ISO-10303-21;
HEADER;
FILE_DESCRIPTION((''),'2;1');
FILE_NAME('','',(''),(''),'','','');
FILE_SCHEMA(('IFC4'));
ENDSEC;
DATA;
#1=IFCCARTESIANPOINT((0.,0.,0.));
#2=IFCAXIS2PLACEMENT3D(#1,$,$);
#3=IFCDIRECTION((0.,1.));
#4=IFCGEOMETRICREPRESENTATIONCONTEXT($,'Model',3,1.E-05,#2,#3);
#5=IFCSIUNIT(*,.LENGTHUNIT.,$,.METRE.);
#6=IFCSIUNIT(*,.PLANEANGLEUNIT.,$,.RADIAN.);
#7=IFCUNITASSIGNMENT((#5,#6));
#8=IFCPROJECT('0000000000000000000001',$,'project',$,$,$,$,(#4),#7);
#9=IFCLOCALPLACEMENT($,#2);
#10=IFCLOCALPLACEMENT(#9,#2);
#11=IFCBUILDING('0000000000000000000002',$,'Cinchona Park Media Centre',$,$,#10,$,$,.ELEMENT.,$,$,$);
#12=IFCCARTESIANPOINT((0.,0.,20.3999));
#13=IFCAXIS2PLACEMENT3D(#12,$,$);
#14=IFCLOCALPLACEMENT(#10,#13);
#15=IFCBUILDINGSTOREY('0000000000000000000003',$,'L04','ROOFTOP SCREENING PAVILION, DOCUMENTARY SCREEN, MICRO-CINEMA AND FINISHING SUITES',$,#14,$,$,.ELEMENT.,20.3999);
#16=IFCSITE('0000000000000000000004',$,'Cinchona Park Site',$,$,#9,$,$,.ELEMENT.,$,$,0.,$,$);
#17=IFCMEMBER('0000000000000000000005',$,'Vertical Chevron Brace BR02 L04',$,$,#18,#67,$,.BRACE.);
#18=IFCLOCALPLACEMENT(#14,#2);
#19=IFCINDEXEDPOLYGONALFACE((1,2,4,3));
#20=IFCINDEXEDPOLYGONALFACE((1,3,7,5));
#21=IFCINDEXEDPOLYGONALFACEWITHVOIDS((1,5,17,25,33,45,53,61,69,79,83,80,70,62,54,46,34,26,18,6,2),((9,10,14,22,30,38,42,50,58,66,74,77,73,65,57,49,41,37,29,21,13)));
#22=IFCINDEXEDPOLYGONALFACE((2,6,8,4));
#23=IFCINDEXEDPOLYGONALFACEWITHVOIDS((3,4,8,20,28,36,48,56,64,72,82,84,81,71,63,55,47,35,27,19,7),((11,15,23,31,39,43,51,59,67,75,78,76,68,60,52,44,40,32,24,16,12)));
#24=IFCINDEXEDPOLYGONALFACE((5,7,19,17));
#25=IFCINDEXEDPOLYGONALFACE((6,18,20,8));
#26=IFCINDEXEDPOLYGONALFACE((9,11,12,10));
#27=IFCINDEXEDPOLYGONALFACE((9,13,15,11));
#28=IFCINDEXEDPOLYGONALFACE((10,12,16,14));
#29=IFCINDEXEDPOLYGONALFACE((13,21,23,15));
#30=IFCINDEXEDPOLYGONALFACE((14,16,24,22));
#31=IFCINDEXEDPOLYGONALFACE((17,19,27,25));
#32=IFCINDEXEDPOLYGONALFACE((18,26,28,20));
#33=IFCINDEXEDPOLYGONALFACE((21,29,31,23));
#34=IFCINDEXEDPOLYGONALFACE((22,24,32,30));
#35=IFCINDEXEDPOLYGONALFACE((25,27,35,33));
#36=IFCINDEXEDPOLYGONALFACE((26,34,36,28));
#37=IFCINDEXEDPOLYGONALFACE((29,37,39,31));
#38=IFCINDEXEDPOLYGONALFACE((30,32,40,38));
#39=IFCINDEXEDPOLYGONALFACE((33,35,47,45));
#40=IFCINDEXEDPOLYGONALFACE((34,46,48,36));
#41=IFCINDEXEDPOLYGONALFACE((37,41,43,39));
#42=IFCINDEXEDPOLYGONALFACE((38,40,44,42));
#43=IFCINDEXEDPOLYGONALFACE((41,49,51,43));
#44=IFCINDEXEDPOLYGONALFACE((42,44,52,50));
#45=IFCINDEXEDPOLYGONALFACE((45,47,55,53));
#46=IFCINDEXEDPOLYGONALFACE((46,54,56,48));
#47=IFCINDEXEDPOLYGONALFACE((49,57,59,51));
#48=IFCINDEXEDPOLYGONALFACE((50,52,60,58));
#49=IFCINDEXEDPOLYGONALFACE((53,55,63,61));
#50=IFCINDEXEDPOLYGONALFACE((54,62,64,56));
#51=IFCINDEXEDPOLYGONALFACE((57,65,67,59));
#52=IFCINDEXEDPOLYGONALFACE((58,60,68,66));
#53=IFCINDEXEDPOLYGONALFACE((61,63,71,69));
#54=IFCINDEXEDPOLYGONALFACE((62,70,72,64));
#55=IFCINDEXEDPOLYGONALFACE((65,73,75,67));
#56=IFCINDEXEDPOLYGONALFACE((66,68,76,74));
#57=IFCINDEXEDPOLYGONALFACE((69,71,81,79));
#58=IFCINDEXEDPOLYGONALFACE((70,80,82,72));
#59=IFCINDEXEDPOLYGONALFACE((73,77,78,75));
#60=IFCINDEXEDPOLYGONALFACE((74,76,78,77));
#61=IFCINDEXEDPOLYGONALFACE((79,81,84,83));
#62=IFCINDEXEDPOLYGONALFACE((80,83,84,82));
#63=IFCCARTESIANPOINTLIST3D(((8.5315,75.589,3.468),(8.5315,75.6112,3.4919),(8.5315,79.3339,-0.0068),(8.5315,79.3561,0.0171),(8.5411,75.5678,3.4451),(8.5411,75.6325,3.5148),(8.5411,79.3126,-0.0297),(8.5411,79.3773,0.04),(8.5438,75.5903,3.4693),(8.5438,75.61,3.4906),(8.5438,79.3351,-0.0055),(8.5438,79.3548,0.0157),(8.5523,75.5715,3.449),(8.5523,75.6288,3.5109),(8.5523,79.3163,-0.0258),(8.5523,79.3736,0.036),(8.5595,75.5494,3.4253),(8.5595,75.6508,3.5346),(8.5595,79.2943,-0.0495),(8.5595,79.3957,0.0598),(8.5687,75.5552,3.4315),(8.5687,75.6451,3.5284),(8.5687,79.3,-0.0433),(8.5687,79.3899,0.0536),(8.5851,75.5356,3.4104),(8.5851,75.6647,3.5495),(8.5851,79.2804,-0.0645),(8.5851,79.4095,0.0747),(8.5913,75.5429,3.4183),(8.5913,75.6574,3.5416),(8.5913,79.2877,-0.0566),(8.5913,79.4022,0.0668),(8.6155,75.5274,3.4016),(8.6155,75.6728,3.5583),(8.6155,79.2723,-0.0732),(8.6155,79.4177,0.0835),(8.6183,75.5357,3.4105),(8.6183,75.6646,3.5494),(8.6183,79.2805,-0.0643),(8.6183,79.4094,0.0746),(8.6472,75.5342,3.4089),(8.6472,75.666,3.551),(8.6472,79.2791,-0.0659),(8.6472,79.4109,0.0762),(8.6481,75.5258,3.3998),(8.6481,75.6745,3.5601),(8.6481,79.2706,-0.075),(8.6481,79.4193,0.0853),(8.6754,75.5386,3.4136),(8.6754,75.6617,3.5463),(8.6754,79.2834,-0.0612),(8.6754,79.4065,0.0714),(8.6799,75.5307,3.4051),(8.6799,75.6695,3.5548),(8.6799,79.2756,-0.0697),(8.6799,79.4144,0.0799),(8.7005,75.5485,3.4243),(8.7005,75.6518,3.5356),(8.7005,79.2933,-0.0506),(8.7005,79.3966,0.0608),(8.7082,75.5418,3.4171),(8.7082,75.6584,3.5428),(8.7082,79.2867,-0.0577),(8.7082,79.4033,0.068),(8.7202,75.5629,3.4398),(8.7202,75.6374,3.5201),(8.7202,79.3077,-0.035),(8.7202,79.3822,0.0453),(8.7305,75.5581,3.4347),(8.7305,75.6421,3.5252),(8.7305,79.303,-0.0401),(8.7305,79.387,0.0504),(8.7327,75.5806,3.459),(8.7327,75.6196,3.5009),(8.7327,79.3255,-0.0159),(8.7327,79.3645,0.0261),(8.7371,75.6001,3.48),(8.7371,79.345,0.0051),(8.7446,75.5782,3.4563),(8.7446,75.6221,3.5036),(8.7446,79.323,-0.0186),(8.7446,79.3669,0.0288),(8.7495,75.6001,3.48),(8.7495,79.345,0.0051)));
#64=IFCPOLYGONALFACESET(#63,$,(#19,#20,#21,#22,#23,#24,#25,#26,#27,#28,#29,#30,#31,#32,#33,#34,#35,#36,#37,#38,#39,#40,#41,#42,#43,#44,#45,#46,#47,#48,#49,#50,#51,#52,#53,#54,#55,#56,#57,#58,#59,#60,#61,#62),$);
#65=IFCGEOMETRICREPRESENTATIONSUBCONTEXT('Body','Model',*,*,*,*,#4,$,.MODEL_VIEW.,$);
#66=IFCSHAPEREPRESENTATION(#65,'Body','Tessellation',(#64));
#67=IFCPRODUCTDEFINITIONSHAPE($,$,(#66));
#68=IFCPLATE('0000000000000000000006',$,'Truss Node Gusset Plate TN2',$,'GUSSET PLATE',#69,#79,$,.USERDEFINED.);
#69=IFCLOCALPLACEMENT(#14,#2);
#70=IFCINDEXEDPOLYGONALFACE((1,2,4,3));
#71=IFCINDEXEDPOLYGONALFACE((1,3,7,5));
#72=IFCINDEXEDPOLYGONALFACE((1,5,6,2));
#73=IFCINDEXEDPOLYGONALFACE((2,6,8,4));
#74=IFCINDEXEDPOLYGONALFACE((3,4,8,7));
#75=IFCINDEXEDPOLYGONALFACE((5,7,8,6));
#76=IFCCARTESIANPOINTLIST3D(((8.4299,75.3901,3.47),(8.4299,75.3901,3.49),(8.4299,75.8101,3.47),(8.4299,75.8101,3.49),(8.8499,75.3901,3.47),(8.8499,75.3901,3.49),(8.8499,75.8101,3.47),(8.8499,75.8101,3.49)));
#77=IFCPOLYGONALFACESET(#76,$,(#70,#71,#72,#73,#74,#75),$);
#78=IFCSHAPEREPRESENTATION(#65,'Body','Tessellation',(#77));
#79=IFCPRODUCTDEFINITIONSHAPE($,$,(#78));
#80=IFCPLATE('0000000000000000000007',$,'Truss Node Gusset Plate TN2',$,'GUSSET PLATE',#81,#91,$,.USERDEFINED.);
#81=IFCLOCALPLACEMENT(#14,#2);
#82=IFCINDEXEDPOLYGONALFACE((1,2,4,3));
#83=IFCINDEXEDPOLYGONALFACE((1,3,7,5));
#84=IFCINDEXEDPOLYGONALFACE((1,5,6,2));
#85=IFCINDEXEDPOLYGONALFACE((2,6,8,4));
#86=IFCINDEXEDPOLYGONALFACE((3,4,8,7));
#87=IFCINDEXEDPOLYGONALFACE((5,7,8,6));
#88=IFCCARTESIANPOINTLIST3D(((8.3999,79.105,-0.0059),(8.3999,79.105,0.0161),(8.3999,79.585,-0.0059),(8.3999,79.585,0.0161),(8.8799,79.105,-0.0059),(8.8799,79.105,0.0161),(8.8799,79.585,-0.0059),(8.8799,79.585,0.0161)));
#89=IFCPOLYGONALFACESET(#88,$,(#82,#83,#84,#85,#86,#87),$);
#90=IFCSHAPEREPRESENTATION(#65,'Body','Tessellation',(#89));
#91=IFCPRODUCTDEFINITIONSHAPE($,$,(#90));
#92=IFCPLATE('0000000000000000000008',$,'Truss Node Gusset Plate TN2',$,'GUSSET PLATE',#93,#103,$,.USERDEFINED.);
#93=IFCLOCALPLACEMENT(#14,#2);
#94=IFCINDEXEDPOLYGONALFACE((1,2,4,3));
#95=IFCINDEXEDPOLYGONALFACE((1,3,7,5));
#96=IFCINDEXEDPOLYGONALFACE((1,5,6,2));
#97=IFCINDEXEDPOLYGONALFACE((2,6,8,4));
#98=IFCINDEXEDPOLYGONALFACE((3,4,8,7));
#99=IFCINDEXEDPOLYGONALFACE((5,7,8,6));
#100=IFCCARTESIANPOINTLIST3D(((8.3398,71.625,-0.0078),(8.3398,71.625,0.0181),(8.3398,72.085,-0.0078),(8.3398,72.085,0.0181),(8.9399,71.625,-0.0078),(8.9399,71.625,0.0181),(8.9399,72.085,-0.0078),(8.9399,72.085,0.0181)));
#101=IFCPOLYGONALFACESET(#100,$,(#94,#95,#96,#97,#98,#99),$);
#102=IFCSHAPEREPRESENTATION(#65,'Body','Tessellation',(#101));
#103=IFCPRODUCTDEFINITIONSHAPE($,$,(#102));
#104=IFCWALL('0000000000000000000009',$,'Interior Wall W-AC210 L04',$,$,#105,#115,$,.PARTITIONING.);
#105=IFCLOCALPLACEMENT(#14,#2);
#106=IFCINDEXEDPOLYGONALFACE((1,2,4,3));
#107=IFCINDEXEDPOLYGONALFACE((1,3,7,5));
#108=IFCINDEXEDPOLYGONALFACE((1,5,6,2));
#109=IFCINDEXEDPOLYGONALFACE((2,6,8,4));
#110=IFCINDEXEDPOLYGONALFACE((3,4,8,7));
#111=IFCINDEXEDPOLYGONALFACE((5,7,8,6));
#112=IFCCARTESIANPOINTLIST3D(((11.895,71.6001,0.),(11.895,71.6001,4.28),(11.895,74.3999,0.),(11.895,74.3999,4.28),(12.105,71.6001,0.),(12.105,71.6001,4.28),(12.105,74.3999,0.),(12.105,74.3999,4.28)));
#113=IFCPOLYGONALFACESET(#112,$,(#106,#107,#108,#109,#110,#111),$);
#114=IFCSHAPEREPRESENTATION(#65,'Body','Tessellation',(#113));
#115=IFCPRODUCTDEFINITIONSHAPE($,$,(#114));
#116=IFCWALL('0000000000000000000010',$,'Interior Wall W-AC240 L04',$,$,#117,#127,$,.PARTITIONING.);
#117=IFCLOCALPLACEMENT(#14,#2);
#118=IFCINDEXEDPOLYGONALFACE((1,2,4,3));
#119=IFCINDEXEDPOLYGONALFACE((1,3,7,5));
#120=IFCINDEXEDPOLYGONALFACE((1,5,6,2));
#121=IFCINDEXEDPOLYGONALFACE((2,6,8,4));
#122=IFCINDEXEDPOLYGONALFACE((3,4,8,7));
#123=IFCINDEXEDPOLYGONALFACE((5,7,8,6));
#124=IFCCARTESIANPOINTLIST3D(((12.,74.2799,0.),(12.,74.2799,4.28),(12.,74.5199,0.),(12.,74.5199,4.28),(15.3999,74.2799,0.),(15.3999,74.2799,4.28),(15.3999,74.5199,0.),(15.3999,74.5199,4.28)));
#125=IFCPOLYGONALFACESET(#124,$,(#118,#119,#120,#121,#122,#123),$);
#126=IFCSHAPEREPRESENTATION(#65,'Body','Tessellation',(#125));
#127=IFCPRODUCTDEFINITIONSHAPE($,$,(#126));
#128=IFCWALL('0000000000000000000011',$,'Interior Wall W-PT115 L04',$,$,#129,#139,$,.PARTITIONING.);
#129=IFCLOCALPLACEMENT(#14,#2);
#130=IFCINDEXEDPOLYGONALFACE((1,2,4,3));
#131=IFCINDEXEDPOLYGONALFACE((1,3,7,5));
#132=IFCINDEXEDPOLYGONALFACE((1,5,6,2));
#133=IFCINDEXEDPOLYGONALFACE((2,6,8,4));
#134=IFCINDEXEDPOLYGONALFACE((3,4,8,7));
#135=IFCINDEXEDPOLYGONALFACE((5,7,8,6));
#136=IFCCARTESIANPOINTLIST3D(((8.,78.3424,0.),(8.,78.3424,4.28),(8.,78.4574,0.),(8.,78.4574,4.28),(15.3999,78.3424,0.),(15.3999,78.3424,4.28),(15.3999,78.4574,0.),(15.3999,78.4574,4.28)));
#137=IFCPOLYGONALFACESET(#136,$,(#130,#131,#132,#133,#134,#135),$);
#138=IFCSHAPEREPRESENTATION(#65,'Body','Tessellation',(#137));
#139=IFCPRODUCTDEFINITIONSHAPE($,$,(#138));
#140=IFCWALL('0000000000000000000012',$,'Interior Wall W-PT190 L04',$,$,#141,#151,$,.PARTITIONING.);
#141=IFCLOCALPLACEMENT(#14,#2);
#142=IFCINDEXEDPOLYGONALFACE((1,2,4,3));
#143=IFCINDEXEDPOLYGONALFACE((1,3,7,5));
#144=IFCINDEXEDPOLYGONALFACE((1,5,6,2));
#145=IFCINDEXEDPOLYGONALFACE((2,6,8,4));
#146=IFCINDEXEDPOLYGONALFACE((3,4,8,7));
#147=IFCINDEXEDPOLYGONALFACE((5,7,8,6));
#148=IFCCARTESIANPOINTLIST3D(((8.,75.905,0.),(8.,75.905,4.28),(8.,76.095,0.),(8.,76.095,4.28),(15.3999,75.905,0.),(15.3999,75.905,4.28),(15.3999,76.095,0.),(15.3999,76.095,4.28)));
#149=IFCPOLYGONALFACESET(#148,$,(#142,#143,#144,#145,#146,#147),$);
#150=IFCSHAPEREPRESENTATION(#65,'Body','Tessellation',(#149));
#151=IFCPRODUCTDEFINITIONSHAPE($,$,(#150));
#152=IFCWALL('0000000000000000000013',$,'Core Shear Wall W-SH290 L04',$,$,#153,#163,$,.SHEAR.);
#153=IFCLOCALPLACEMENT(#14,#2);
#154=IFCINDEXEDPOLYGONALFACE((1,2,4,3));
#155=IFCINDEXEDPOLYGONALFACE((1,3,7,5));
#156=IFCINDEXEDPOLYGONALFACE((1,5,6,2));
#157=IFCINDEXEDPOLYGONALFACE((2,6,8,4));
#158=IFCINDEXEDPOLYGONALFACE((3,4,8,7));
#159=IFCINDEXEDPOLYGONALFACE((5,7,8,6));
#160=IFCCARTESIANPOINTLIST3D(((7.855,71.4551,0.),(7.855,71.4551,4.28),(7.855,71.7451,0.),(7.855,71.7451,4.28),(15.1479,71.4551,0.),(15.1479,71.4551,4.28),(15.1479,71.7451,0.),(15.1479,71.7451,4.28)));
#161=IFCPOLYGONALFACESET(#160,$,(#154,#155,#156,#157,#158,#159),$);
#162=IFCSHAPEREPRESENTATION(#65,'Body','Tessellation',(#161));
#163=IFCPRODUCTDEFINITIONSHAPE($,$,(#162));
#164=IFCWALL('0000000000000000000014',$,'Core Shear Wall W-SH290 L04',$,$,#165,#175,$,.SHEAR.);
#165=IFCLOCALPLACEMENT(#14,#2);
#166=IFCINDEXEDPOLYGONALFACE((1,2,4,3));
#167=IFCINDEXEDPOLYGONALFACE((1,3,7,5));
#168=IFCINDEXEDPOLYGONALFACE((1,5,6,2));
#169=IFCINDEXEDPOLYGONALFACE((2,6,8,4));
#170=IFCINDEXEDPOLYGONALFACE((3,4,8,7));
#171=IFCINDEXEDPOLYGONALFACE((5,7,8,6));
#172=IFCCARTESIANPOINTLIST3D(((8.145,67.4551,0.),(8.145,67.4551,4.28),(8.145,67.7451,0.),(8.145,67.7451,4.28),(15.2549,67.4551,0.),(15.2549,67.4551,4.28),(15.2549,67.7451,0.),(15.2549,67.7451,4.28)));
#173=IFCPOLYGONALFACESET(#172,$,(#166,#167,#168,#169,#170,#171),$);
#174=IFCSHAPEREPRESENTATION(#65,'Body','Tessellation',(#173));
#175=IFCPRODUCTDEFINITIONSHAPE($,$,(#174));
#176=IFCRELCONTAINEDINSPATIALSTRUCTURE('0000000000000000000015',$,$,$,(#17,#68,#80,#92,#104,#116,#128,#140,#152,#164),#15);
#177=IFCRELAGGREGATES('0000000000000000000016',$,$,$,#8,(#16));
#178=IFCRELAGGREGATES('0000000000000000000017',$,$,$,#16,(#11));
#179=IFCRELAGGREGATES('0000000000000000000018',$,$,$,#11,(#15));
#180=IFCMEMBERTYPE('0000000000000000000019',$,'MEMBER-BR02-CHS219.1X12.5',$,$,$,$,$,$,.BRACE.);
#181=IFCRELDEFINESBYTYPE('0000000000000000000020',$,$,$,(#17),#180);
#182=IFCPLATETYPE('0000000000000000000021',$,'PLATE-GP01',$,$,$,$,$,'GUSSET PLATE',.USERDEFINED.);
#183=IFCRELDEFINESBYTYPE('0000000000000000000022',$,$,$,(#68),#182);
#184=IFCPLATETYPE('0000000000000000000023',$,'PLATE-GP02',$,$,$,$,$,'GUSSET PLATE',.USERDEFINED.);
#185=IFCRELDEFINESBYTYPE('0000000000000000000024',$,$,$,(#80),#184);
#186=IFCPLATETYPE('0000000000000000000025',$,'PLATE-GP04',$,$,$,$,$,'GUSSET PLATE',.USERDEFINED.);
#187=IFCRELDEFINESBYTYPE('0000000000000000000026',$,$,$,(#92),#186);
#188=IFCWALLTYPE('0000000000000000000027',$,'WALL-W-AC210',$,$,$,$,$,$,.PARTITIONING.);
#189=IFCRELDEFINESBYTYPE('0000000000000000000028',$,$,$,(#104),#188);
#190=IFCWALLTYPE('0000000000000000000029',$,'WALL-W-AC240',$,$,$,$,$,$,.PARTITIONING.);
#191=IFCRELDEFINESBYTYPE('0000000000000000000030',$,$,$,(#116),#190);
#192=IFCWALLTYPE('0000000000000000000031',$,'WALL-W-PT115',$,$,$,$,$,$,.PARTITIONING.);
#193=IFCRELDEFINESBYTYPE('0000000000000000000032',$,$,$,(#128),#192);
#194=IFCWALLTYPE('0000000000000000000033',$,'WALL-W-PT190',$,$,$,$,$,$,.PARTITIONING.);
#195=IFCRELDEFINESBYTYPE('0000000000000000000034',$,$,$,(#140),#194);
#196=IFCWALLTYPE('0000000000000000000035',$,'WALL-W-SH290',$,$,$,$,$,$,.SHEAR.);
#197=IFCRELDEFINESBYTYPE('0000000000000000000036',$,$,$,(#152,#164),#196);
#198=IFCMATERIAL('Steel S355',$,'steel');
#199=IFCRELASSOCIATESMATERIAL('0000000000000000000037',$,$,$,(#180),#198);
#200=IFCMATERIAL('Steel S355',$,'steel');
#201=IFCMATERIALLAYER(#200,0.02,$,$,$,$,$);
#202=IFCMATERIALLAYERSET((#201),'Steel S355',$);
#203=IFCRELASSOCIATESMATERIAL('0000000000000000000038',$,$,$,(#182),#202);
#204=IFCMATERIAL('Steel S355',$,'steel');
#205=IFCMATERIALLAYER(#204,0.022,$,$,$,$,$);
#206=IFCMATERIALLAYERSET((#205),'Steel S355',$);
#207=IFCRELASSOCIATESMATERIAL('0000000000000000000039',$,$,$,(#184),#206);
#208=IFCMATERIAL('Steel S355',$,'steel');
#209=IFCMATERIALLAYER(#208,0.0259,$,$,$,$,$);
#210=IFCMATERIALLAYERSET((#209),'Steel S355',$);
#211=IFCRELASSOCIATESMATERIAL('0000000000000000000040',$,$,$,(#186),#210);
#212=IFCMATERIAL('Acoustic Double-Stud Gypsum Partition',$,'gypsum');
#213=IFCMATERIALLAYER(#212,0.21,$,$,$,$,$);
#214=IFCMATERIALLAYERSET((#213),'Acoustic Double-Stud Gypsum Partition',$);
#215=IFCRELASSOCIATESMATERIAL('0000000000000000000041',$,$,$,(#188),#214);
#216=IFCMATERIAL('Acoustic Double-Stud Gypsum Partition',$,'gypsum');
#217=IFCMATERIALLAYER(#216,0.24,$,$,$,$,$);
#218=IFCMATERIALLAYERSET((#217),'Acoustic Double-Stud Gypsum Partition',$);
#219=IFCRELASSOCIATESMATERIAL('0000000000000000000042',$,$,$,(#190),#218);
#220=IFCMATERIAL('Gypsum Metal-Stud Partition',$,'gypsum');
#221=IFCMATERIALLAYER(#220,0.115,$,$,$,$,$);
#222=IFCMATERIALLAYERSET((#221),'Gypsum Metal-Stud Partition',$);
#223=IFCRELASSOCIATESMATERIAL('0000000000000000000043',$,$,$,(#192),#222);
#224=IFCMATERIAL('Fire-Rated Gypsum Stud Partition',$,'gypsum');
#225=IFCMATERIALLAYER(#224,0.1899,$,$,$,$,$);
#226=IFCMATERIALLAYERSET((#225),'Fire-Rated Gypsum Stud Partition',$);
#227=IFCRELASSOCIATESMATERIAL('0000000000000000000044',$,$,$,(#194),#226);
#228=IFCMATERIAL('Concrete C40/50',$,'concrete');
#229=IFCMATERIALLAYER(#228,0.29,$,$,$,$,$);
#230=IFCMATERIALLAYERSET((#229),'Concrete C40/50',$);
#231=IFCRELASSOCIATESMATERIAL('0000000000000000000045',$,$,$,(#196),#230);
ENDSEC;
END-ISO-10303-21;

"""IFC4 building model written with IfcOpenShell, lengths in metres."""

from ifc_helpers import new_model, si_unit, direction, frame, frame_2d, origin, origin_2d, place, context, subcontext, project, spatial, rectangle, hollow_circle, extrude, material, layer, layer_set, material_profile, profile_set, type_object, element, save


model = new_model("IFC4")

# Units and contexts
model_context = context("Model", 3, precision=1e-05, world=origin(), true_north=direction((0.0, 1.0)))
body_context = subcontext(model_context, "Body", "Model", "MODEL_VIEW")
ifc_project = project(units=[si_unit("LENGTHUNIT", "METRE"), si_unit("PLANEANGLEUNIT", "RADIAN")], contexts=[model_context])

# Site, building, storey
site_placement = place(None, origin())
site = spatial("IfcSite", under=ifc_project, at=site_placement, Name="Cinchona Park Site", CompositionType="ELEMENT", RefElevation=0.0)
building_placement = place(site_placement, origin())
building = spatial("IfcBuilding", under=site, at=building_placement, Name="Cinchona Park Media Centre", CompositionType="ELEMENT")
storey_placement = place(building_placement, frame((0.0, 0.0, 20.3999)))
storey = spatial("IfcBuildingStorey", under=building, at=storey_placement, Name="L04", Description="ROOFTOP SCREENING PAVILION, DOCUMENTARY SCREEN, MICRO-CINEMA AND FINISHING SUITES", CompositionType="ELEMENT", Elevation=20.3999)

# Member
ifc_material_1 = material(Name="Steel S355", Category="steel")
ifc_material_profile_1 = material_profile(ifc_material_1, hollow_circle(Radius=0.1096, WallThickness=0.0125, at=origin_2d()), Name="219.1X12.5CHS")
ifc_profile_set_1 = profile_set([ifc_material_profile_1], Name="Steel S355")
member_type = type_object("IfcMemberType", Name="MEMBER-BR02-CHS219.1X12.5", PredefinedType="BRACE", material=ifc_profile_set_1)
member_1_placement = place(storey_placement, frame((8.6399, 79.345, 0.0051), z_axis=(0.0, -0.73304, 0.680185), x_axis=(1.0, 0.0, 0.0)))
element("IfcMember", 1, at=member_1_placement, inside=storey, type_object=member_type, Name="Vertical Chevron Brace BR02 L04", PredefinedType="BRACE", context=body_context, shape_type="SweptSolid", body=[
    extrude(hollow_circle(Radius=0.1096, WallThickness=0.0125, at=origin_2d()), origin(), (0.0, 0.0, 1.0), 5.1086),
])

# Plates
ifc_material_2 = material(Name="Steel S355", Category="steel")
ifc_layer_1 = layer(ifc_material_2, 0.02)
ifc_layer_set_1 = layer_set([ifc_layer_1], Name="Steel S355")
plate_type_1 = type_object("IfcPlateType", Name="PLATE-GP01", ElementType="GUSSET PLATE", PredefinedType="USERDEFINED", material=ifc_layer_set_1)
plate_1_placement = place(storey_placement, frame((8.6399, 75.6001, 3.47), z_axis=(0.0, 0.0, 1.0), x_axis=(1.0, 0.0, 0.0)))
element("IfcPlate", 2, at=plate_1_placement, inside=storey, type_object=plate_type_1, Name="Truss Node Gusset Plate TN2", ObjectType="GUSSET PLATE", PredefinedType="USERDEFINED", context=body_context, shape_type="SweptSolid", body=[
    extrude(rectangle(XDim=0.4199, YDim=0.4199, at=origin_2d()), origin(), (0.0, 0.0, 1.0), 0.02),
])
ifc_material_3 = material(Name="Steel S355", Category="steel")
ifc_layer_2 = layer(ifc_material_3, 0.022)
ifc_layer_set_2 = layer_set([ifc_layer_2], Name="Steel S355")
plate_type_2 = type_object("IfcPlateType", Name="PLATE-GP02", ElementType="GUSSET PLATE", PredefinedType="USERDEFINED", material=ifc_layer_set_2)
plate_2_placement = place(storey_placement, frame((8.6399, 79.345, -0.0059), z_axis=(0.0, 0.0, 1.0), x_axis=(1.0, 0.0, 0.0)))
element("IfcPlate", 3, at=plate_2_placement, inside=storey, type_object=plate_type_2, Name="Truss Node Gusset Plate TN2", ObjectType="GUSSET PLATE", PredefinedType="USERDEFINED", context=body_context, shape_type="SweptSolid", body=[
    extrude(rectangle(XDim=0.48, YDim=0.48, at=origin_2d()), origin(), (0.0, 0.0, 1.0), 0.022),
])
ifc_material_4 = material(Name="Steel S355", Category="steel")
ifc_layer_3 = layer(ifc_material_4, 0.0259)
ifc_layer_set_3 = layer_set([ifc_layer_3], Name="Steel S355")
plate_type_3 = type_object("IfcPlateType", Name="PLATE-GP04", ElementType="GUSSET PLATE", PredefinedType="USERDEFINED", material=ifc_layer_set_3)
plate_3_placement = place(storey_placement, frame((8.6399, 71.855, -0.0078), z_axis=(0.0, 0.0, 1.0), x_axis=(1.0, 0.0, 0.0)))
element("IfcPlate", 4, at=plate_3_placement, inside=storey, type_object=plate_type_3, Name="Truss Node Gusset Plate TN2", ObjectType="GUSSET PLATE", PredefinedType="USERDEFINED", context=body_context, shape_type="SweptSolid", body=[
    extrude(rectangle(XDim=0.6001, YDim=0.46, at=origin_2d()), origin(), (0.0, 0.0, 1.0), 0.0259),
])

# Walls
ifc_material_5 = material(Name="Acoustic Double-Stud Gypsum Partition", Category="gypsum")
ifc_layer_4 = layer(ifc_material_5, 0.21)
ifc_layer_set_4 = layer_set([ifc_layer_4], Name="Acoustic Double-Stud Gypsum Partition")
wall_type_1 = type_object("IfcWallType", Name="WALL-W-AC210", PredefinedType="PARTITIONING", material=ifc_layer_set_4)
wall_1_placement = place(storey_placement, frame((12.0, 71.6001, 0.0), z_axis=(0.0, 0.0, 1.0), x_axis=(0.0, 1.0, 0.0)))
element("IfcWall", 5, at=wall_1_placement, inside=storey, type_object=wall_type_1, Name="Interior Wall W-AC210 L04", PredefinedType="PARTITIONING", context=body_context, shape_type="SweptSolid", body=[
    extrude(rectangle(XDim=2.7998, YDim=0.21, at=frame_2d((1.3999, 0.0))), origin(), (0.0, 0.0, 1.0), 4.28),
])
ifc_material_6 = material(Name="Acoustic Double-Stud Gypsum Partition", Category="gypsum")
ifc_layer_5 = layer(ifc_material_6, 0.24)
ifc_layer_set_5 = layer_set([ifc_layer_5], Name="Acoustic Double-Stud Gypsum Partition")
wall_type_2 = type_object("IfcWallType", Name="WALL-W-AC240", PredefinedType="PARTITIONING", material=ifc_layer_set_5)
wall_2_placement = place(storey_placement, frame((12.0, 74.3999, 0.0), z_axis=(0.0, 0.0, 1.0), x_axis=(1.0, 0.0, 0.0)))
element("IfcWall", 6, at=wall_2_placement, inside=storey, type_object=wall_type_2, Name="Interior Wall W-AC240 L04", PredefinedType="PARTITIONING", context=body_context, shape_type="SweptSolid", body=[
    extrude(rectangle(XDim=3.3999, YDim=0.24, at=frame_2d((1.7, 0.0))), origin(), (0.0, 0.0, 1.0), 4.28),
])
ifc_material_7 = material(Name="Gypsum Metal-Stud Partition", Category="gypsum")
ifc_layer_6 = layer(ifc_material_7, 0.115)
ifc_layer_set_6 = layer_set([ifc_layer_6], Name="Gypsum Metal-Stud Partition")
wall_type_3 = type_object("IfcWallType", Name="WALL-W-PT115", PredefinedType="PARTITIONING", material=ifc_layer_set_6)
wall_3_placement = place(storey_placement, frame((8.0, 78.3999, 0.0), z_axis=(0.0, 0.0, 1.0), x_axis=(1.0, 0.0, 0.0)))
element("IfcWall", 7, at=wall_3_placement, inside=storey, type_object=wall_type_3, Name="Interior Wall W-PT115 L04", PredefinedType="PARTITIONING", context=body_context, shape_type="SweptSolid", body=[
    extrude(rectangle(XDim=7.3999, YDim=0.115, at=frame_2d((3.7, 0.0))), origin(), (0.0, 0.0, 1.0), 4.28),
])
ifc_material_8 = material(Name="Fire-Rated Gypsum Stud Partition", Category="gypsum")
ifc_layer_7 = layer(ifc_material_8, 0.1899)
ifc_layer_set_7 = layer_set([ifc_layer_7], Name="Fire-Rated Gypsum Stud Partition")
wall_type_4 = type_object("IfcWallType", Name="WALL-W-PT190", PredefinedType="PARTITIONING", material=ifc_layer_set_7)
wall_4_placement = place(storey_placement, frame((8.0, 76.0, 0.0), z_axis=(0.0, 0.0, 1.0), x_axis=(1.0, 0.0, 0.0)))
element("IfcWall", 8, at=wall_4_placement, inside=storey, type_object=wall_type_4, Name="Interior Wall W-PT190 L04", PredefinedType="PARTITIONING", context=body_context, shape_type="SweptSolid", body=[
    extrude(rectangle(XDim=7.3999, YDim=0.1899, at=frame_2d((3.7, 0.0))), origin(), (0.0, 0.0, 1.0), 4.28),
])
ifc_material_9 = material(Name="Concrete C40/50", Category="concrete")
ifc_layer_8 = layer(ifc_material_9, 0.29)
ifc_layer_set_8 = layer_set([ifc_layer_8], Name="Concrete C40/50")
wall_type_5 = type_object("IfcWallType", Name="WALL-W-SH290", PredefinedType="SHEAR", material=ifc_layer_set_8)
wall_5_placement = place(storey_placement, frame((7.855, 71.6001, 0.0), z_axis=(0.0, 0.0, 1.0), x_axis=(1.0, 0.0, 0.0)))
element("IfcWall", 9, at=wall_5_placement, inside=storey, type_object=wall_type_5, Name="Core Shear Wall W-SH290 L04", PredefinedType="SHEAR", context=body_context, shape_type="SweptSolid", body=[
    extrude(rectangle(XDim=7.293, YDim=0.29, at=frame_2d((3.6465, 0.0))), origin(), (0.0, 0.0, 1.0), 4.28),
])
wall_6_placement = place(storey_placement, frame((8.145, 67.6001, 0.0), z_axis=(0.0, 0.0, 1.0), x_axis=(1.0, 0.0, 0.0)))
element("IfcWall", 10, at=wall_6_placement, inside=storey, type_object=wall_type_5, Name="Core Shear Wall W-SH290 L04", PredefinedType="SHEAR", context=body_context, shape_type="SweptSolid", body=[
    extrude(rectangle(XDim=7.1099, YDim=0.29, at=frame_2d((3.5549, 0.0))), origin(), (0.0, 0.0, 1.0), 4.28),
])

save(model, "model.ifc")
